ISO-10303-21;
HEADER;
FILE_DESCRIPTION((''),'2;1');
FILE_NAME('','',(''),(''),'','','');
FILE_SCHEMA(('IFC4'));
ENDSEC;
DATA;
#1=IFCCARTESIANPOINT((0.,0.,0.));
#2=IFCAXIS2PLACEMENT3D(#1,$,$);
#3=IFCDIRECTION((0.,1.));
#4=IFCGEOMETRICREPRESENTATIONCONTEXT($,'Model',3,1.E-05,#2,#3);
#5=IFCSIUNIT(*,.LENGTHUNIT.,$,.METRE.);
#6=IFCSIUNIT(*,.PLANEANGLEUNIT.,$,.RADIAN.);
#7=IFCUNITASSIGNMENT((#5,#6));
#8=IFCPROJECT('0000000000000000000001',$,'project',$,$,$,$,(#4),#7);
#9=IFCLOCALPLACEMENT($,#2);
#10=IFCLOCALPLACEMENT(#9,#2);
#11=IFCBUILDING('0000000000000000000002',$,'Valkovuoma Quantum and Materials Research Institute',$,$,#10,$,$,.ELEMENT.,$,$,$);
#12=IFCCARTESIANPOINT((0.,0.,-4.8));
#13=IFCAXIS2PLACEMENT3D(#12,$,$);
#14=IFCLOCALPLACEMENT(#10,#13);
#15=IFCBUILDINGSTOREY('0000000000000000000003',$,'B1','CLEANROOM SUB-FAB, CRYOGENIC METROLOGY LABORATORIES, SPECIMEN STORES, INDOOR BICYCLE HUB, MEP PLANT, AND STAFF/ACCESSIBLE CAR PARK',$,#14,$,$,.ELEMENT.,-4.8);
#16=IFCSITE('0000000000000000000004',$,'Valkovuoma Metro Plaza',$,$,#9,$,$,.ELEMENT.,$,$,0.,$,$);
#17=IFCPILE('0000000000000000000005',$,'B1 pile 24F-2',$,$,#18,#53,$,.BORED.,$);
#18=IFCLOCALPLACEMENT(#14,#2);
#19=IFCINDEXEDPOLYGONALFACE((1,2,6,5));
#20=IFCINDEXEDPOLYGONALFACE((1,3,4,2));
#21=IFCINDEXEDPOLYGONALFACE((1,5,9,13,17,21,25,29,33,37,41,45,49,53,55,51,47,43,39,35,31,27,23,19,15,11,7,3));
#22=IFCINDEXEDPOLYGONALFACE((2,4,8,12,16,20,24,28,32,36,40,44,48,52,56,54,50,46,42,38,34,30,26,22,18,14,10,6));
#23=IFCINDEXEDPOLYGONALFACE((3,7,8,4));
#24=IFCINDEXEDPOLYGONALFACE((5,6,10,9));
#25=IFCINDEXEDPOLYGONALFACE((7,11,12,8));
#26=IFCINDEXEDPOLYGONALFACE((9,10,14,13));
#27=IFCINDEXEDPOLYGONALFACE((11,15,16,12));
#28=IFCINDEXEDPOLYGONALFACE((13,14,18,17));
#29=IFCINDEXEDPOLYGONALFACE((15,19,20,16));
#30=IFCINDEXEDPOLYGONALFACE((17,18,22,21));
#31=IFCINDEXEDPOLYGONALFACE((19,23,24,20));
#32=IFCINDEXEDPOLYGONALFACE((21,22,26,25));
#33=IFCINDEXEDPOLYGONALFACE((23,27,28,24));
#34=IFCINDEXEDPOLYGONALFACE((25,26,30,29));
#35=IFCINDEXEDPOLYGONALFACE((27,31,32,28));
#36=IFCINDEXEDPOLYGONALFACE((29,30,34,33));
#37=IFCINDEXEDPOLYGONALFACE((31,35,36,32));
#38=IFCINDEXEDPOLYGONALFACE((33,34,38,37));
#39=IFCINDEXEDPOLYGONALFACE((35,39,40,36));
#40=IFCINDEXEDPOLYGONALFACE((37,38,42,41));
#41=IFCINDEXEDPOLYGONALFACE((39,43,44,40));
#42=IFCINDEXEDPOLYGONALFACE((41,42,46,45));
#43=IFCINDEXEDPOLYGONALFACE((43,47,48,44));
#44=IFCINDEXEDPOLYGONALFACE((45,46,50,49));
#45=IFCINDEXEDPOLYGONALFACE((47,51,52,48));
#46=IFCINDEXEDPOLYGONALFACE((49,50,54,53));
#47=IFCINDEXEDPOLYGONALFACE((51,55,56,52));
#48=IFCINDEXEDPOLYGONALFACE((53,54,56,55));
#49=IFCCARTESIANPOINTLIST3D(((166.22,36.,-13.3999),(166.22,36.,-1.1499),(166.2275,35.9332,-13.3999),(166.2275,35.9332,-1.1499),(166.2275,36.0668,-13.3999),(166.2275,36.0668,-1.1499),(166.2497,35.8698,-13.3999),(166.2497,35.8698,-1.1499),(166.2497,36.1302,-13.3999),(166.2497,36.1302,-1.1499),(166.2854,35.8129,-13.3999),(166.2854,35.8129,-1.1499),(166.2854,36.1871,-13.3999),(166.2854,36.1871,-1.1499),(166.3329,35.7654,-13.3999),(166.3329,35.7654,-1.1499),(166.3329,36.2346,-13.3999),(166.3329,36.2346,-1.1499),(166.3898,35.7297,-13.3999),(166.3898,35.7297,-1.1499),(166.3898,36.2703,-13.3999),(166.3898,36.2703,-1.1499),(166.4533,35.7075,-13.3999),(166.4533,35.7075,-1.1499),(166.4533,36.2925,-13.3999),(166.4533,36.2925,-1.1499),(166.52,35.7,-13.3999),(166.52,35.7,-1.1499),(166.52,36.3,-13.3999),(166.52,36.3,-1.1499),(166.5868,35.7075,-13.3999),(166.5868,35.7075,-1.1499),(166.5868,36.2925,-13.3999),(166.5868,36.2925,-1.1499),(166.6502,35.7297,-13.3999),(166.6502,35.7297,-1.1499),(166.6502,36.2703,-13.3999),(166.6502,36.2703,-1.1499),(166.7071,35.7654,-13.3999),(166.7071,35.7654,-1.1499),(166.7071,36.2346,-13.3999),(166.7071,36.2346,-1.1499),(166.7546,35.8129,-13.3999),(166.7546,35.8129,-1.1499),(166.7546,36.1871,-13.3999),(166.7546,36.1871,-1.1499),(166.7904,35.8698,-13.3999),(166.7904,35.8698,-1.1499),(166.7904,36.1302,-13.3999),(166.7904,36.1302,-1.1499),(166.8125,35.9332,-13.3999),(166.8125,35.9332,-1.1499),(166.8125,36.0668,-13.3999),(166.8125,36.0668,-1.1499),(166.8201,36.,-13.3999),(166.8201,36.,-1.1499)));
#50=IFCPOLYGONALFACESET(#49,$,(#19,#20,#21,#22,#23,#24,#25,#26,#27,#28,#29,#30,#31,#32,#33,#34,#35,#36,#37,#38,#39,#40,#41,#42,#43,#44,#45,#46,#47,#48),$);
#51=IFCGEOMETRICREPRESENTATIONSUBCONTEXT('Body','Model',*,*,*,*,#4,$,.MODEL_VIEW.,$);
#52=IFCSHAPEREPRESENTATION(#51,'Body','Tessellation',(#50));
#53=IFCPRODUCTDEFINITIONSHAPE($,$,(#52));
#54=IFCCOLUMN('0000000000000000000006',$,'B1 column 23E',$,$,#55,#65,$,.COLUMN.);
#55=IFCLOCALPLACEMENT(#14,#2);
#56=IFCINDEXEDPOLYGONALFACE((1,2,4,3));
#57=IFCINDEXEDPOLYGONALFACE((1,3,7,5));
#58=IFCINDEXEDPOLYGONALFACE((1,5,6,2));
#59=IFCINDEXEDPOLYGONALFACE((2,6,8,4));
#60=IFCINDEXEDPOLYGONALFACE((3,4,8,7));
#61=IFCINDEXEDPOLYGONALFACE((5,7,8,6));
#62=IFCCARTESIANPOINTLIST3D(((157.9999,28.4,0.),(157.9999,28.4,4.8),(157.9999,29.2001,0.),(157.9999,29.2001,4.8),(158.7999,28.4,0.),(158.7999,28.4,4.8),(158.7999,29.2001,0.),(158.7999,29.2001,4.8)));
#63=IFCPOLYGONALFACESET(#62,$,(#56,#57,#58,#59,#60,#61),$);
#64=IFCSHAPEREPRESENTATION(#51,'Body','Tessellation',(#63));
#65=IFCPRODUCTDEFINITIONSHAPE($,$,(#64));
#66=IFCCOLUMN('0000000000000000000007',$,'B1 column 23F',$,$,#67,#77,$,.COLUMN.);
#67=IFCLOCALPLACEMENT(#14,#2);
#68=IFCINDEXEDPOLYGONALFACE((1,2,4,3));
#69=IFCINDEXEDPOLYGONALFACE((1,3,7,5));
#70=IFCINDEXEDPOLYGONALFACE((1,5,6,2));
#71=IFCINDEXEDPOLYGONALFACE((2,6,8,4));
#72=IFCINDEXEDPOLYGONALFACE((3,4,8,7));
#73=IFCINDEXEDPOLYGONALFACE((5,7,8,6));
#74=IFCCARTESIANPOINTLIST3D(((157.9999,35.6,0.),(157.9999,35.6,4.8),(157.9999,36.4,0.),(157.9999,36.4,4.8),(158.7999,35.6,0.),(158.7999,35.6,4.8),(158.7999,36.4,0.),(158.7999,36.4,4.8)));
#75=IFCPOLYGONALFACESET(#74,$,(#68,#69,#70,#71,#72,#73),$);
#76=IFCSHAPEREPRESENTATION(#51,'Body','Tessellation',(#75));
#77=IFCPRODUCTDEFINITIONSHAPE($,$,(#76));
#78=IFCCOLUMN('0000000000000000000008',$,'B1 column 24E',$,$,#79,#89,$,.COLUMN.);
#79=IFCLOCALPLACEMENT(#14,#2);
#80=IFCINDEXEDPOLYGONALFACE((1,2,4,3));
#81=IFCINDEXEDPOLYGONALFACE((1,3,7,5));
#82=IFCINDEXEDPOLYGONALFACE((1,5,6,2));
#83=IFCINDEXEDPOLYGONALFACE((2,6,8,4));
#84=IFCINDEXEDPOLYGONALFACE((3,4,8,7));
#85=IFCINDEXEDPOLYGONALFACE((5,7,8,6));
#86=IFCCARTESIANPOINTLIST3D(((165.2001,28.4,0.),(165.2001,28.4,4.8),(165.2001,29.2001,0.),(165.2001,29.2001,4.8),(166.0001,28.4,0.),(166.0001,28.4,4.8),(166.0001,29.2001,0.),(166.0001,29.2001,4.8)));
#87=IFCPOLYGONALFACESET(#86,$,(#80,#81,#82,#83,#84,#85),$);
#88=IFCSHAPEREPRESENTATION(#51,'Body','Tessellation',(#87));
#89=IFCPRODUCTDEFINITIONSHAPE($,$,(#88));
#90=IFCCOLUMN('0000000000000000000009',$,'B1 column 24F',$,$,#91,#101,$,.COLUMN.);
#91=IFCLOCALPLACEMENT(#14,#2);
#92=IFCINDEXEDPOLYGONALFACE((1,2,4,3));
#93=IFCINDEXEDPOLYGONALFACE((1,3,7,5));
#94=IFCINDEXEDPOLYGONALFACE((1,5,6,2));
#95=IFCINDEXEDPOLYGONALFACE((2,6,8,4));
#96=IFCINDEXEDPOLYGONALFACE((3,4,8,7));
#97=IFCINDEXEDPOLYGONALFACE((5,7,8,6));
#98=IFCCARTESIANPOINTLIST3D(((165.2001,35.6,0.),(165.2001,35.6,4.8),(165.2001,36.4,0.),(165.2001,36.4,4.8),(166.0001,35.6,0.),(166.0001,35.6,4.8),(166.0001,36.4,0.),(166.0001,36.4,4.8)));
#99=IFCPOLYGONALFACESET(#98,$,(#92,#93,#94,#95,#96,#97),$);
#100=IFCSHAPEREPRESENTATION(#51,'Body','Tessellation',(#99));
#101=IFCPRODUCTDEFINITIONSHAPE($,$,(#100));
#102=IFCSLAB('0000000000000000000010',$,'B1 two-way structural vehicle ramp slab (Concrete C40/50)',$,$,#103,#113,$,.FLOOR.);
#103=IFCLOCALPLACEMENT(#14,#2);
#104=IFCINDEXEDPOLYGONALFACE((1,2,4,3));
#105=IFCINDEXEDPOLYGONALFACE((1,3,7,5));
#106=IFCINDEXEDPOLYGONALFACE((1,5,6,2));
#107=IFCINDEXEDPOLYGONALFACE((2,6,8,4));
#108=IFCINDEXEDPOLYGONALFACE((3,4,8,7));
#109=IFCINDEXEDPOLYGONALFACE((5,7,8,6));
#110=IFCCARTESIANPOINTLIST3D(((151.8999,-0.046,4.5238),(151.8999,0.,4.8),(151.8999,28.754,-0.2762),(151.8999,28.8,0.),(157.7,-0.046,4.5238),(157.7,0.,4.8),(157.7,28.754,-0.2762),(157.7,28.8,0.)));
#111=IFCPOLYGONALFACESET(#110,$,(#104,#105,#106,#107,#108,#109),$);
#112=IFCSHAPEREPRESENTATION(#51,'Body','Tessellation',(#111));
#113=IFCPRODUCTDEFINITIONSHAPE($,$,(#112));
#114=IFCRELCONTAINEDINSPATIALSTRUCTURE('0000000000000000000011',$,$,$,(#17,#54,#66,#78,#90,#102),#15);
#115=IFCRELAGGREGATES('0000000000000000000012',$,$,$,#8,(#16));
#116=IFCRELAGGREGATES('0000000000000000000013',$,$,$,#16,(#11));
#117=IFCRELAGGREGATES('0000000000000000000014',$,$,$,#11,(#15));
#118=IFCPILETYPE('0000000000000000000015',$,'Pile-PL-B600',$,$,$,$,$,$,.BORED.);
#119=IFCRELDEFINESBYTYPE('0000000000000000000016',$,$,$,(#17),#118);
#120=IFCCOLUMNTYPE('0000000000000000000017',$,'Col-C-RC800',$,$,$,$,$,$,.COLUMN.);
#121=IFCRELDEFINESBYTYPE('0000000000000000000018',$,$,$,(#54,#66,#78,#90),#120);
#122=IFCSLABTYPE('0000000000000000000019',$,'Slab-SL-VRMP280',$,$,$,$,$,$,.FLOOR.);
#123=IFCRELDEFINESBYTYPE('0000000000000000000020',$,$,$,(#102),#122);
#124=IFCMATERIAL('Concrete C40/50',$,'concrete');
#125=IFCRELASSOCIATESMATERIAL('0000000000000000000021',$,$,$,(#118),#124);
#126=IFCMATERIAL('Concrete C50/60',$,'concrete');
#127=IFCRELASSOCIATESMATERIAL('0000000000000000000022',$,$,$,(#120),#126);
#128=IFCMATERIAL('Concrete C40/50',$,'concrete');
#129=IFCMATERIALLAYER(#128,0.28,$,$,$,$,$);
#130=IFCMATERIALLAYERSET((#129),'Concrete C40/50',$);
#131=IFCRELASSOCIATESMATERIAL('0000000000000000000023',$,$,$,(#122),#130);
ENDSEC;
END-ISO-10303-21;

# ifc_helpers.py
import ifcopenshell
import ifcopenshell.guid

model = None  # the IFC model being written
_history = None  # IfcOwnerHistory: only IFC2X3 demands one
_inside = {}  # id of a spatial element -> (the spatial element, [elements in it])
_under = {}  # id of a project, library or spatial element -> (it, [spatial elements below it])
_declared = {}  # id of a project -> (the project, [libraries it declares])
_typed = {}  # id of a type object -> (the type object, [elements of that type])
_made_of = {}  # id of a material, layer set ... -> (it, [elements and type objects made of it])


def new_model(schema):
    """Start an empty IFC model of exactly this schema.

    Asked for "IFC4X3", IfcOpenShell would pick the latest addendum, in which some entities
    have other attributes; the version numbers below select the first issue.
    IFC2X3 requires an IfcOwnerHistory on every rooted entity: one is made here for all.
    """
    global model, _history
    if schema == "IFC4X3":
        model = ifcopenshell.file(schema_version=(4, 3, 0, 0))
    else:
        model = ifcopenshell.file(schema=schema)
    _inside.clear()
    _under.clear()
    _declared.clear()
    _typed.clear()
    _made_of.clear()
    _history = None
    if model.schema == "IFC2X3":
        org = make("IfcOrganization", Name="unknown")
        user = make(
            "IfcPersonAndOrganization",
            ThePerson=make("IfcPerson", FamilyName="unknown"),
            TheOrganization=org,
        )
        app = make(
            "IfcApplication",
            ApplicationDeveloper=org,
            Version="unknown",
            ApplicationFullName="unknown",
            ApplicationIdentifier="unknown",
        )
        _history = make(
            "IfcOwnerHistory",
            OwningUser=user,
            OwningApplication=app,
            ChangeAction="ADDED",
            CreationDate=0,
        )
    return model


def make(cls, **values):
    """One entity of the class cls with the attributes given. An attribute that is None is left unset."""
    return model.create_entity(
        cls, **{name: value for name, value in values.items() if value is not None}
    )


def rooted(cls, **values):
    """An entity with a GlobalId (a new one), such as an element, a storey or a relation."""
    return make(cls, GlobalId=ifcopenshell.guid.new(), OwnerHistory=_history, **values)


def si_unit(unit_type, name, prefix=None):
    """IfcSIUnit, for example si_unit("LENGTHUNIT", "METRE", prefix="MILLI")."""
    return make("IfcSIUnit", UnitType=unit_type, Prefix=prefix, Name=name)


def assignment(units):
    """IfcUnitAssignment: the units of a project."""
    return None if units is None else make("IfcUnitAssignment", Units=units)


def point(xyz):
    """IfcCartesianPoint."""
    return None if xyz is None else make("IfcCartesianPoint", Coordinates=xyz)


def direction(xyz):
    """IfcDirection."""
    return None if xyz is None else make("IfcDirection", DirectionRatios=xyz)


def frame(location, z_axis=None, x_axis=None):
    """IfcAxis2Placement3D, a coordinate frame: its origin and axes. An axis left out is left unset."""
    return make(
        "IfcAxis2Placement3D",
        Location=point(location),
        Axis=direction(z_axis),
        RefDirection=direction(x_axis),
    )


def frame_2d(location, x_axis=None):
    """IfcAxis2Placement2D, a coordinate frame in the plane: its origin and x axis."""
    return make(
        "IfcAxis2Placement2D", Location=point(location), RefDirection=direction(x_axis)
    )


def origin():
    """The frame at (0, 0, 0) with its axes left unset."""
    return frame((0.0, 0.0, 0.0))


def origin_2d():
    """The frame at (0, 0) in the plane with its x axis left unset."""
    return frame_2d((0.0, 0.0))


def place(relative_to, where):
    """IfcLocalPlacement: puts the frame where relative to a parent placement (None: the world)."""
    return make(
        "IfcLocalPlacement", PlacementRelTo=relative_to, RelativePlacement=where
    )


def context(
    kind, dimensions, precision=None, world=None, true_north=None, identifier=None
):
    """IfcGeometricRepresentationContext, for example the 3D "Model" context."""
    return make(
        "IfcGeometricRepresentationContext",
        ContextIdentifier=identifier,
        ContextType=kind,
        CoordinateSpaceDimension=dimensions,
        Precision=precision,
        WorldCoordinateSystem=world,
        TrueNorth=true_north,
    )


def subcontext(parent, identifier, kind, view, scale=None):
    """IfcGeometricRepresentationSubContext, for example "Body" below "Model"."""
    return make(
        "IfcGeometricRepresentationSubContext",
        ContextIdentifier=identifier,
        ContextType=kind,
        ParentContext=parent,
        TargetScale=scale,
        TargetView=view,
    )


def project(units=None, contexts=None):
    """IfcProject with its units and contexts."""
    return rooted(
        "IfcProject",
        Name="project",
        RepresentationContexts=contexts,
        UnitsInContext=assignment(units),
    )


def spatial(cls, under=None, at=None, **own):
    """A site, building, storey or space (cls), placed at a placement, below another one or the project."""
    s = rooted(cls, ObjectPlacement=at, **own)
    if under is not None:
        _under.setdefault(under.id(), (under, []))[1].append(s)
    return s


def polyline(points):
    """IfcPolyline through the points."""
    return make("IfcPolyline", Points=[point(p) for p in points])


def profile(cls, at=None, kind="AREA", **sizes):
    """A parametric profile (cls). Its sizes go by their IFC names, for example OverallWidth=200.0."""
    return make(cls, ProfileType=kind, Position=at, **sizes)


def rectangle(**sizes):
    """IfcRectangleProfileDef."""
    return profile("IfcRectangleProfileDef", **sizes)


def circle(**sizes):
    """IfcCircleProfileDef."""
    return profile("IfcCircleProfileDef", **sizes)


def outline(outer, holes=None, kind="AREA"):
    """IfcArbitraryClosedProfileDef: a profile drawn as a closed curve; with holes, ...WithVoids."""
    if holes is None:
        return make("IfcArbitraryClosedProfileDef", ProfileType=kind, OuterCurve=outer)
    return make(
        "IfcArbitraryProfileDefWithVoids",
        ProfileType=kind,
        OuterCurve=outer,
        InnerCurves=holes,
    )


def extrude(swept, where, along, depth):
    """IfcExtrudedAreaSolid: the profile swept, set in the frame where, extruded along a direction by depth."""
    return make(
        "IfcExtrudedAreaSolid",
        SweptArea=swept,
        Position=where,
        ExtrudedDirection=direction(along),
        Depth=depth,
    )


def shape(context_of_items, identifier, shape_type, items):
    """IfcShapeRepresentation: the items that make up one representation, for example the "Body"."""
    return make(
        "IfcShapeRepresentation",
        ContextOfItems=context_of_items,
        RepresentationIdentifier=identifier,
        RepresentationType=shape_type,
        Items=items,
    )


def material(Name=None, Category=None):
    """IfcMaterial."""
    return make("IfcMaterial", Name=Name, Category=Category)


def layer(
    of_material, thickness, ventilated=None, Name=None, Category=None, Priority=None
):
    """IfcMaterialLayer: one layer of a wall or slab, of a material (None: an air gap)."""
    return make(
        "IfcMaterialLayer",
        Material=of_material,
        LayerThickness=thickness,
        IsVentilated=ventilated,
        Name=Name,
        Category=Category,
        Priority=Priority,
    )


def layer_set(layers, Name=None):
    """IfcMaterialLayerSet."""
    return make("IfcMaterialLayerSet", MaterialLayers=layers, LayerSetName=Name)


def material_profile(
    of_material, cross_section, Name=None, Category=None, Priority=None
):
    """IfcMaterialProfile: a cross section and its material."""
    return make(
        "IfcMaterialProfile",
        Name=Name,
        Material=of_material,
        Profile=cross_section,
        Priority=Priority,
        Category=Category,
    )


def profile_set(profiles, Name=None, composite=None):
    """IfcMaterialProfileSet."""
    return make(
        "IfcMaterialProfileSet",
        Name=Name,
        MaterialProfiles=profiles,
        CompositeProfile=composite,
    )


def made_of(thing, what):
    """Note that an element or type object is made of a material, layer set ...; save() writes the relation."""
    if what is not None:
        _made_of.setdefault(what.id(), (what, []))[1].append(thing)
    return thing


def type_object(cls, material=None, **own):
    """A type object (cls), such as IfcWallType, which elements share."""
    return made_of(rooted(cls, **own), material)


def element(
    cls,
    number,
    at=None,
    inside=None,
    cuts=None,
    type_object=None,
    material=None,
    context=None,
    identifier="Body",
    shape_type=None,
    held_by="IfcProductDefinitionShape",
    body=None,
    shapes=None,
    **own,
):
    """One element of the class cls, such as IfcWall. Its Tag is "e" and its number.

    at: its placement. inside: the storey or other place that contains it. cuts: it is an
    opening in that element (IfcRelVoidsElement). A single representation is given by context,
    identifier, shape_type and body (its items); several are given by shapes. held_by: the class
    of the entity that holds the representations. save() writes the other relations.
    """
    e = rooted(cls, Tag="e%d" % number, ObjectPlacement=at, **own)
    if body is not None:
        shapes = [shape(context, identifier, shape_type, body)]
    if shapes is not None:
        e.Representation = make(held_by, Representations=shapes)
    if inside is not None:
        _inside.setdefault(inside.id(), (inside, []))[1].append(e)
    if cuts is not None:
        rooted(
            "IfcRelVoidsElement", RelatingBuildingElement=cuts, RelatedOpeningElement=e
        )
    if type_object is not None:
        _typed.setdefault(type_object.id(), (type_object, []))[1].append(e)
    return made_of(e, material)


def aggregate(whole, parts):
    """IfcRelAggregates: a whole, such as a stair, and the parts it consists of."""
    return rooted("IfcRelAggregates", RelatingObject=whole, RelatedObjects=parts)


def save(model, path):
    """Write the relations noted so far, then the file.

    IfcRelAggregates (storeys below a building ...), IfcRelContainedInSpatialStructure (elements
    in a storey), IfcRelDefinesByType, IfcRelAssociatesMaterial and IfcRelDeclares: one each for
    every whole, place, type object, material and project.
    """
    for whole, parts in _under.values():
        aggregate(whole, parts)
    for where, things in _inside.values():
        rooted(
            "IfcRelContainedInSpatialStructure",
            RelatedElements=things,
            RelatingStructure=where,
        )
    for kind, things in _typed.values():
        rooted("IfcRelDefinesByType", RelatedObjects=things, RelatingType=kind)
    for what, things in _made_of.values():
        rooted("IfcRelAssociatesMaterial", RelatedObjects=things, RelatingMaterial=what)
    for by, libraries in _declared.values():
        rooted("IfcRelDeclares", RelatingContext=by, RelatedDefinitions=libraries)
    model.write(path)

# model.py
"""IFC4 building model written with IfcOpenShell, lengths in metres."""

from ifc_helpers import new_model, si_unit, direction, frame, origin, origin_2d, place, context, subcontext, project, spatial, polyline, rectangle, circle, outline, extrude, material, layer, layer_set, material_profile, profile_set, type_object, element, save


model = new_model("IFC4")

# Units and contexts
model_context = context("Model", 3, precision=1e-05, world=origin(), true_north=direction((0.0, 1.0)))
body_context = subcontext(model_context, "Body", "Model", "MODEL_VIEW")
ifc_project = project(units=[si_unit("LENGTHUNIT", "METRE"), si_unit("PLANEANGLEUNIT", "RADIAN")], contexts=[model_context])

# Site, building, storey
site_placement = place(None, origin())
site = spatial("IfcSite", under=ifc_project, at=site_placement, Name="Valkovuoma Metro Plaza", CompositionType="ELEMENT", RefElevation=0.0)
building_placement = place(site_placement, origin())
building = spatial("IfcBuilding", under=site, at=building_placement, Name="Valkovuoma Quantum and Materials Research Institute", CompositionType="ELEMENT")
storey_placement = place(building_placement, frame((0.0, 0.0, -4.8)))
storey = spatial("IfcBuildingStorey", under=building, at=storey_placement, Name="B1", Description="CLEANROOM SUB-FAB, CRYOGENIC METROLOGY LABORATORIES, SPECIMEN STORES, INDOOR BICYCLE HUB, MEP PLANT, AND STAFF/ACCESSIBLE CAR PARK", CompositionType="ELEMENT", Elevation=-4.8)

# Pile
ifc_material_1 = material(Name="Concrete C40/50", Category="concrete")
ifc_material_profile_1 = material_profile(ifc_material_1, circle(Radius=0.3, at=origin_2d()), Name="Concrete C40/50")
ifc_profile_set_1 = profile_set([ifc_material_profile_1], Name="Concrete C40/50")
pile_type = type_object("IfcPileType", Name="Pile-PL-B600", PredefinedType="BORED", material=ifc_profile_set_1)
for number, where, z_axis, x_axis, name in (
    (1, (166.52, 36.0, -1.1499), (0.0, 0.0, -1.0), (1.0, 0.0, 0.0), "B1 pile 24F-2"),
):
    element("IfcPile", number, at=place(storey_placement, frame(where, z_axis=z_axis, x_axis=x_axis)), inside=storey, type_object=pile_type, Name=name, PredefinedType="BORED", context=body_context, shape_type="SweptSolid", body=[
        extrude(circle(Radius=0.3, at=origin_2d()), origin(), (0.0, 0.0, 1.0), 12.25),
    ])

# Columns
ifc_material_2 = material(Name="Concrete C50/60", Category="concrete")
ifc_material_profile_2 = material_profile(ifc_material_2, rectangle(XDim=0.8, YDim=0.8, at=origin_2d()), Name="Concrete C50/60")
ifc_profile_set_2 = profile_set([ifc_material_profile_2], Name="Concrete C50/60")
column_type = type_object("IfcColumnType", Name="Col-C-RC800", PredefinedType="COLUMN", material=ifc_profile_set_2)
for number, where, z_axis, x_axis, name in (
    (2, (158.3999, 28.8, 0.0), (0.0, 0.0, 1.0), (1.0, 0.0, 0.0), "B1 column 23E"),
    (3, (158.3999, 36.0, 0.0), (0.0, 0.0, 1.0), (1.0, 0.0, 0.0), "B1 column 23F"),
    (4, (165.6001, 28.8, 0.0), (0.0, 0.0, 1.0), (1.0, 0.0, 0.0), "B1 column 24E"),
    (5, (165.6001, 36.0, 0.0), (0.0, 0.0, 1.0), (1.0, 0.0, 0.0), "B1 column 24F"),
):
    element("IfcColumn", number, at=place(storey_placement, frame(where, z_axis=z_axis, x_axis=x_axis)), inside=storey, type_object=column_type, Name=name, PredefinedType="COLUMN", context=body_context, shape_type="SweptSolid", body=[
        extrude(rectangle(XDim=0.8, YDim=0.8, at=origin_2d()), origin(), (0.0, 0.0, 1.0), 4.8),
    ])

# Slab
ifc_material_3 = material(Name="Concrete C40/50", Category="concrete")
ifc_layer = layer(ifc_material_3, 0.28)
ifc_layer_set = layer_set([ifc_layer], Name="Concrete C40/50")
slab_type = type_object("IfcSlabType", Name="Slab-SL-VRMP280", PredefinedType="FLOOR", material=ifc_layer_set)
slab_placement = place(storey_placement, frame((151.8999, 28.8, 0.0), z_axis=(0.0, 0.1644, 0.986394), x_axis=(1.0, 0.0, 0.0)))
element("IfcSlab", 6, at=slab_placement, inside=storey, type_object=slab_type, Name="B1 two-way structural vehicle ramp slab (Concrete C40/50)", PredefinedType="FLOOR", context=body_context, shape_type="SweptSolid", body=[
    extrude(outline(polyline([(0.0, 0.0), (5.8, 0.0), (5.8, -29.1973), (0.0, -29.1973), (0.0, 0.0)])), origin(), (0.0, 0.0, -1.0), 0.28),
])

save(model, "model.ifc")
